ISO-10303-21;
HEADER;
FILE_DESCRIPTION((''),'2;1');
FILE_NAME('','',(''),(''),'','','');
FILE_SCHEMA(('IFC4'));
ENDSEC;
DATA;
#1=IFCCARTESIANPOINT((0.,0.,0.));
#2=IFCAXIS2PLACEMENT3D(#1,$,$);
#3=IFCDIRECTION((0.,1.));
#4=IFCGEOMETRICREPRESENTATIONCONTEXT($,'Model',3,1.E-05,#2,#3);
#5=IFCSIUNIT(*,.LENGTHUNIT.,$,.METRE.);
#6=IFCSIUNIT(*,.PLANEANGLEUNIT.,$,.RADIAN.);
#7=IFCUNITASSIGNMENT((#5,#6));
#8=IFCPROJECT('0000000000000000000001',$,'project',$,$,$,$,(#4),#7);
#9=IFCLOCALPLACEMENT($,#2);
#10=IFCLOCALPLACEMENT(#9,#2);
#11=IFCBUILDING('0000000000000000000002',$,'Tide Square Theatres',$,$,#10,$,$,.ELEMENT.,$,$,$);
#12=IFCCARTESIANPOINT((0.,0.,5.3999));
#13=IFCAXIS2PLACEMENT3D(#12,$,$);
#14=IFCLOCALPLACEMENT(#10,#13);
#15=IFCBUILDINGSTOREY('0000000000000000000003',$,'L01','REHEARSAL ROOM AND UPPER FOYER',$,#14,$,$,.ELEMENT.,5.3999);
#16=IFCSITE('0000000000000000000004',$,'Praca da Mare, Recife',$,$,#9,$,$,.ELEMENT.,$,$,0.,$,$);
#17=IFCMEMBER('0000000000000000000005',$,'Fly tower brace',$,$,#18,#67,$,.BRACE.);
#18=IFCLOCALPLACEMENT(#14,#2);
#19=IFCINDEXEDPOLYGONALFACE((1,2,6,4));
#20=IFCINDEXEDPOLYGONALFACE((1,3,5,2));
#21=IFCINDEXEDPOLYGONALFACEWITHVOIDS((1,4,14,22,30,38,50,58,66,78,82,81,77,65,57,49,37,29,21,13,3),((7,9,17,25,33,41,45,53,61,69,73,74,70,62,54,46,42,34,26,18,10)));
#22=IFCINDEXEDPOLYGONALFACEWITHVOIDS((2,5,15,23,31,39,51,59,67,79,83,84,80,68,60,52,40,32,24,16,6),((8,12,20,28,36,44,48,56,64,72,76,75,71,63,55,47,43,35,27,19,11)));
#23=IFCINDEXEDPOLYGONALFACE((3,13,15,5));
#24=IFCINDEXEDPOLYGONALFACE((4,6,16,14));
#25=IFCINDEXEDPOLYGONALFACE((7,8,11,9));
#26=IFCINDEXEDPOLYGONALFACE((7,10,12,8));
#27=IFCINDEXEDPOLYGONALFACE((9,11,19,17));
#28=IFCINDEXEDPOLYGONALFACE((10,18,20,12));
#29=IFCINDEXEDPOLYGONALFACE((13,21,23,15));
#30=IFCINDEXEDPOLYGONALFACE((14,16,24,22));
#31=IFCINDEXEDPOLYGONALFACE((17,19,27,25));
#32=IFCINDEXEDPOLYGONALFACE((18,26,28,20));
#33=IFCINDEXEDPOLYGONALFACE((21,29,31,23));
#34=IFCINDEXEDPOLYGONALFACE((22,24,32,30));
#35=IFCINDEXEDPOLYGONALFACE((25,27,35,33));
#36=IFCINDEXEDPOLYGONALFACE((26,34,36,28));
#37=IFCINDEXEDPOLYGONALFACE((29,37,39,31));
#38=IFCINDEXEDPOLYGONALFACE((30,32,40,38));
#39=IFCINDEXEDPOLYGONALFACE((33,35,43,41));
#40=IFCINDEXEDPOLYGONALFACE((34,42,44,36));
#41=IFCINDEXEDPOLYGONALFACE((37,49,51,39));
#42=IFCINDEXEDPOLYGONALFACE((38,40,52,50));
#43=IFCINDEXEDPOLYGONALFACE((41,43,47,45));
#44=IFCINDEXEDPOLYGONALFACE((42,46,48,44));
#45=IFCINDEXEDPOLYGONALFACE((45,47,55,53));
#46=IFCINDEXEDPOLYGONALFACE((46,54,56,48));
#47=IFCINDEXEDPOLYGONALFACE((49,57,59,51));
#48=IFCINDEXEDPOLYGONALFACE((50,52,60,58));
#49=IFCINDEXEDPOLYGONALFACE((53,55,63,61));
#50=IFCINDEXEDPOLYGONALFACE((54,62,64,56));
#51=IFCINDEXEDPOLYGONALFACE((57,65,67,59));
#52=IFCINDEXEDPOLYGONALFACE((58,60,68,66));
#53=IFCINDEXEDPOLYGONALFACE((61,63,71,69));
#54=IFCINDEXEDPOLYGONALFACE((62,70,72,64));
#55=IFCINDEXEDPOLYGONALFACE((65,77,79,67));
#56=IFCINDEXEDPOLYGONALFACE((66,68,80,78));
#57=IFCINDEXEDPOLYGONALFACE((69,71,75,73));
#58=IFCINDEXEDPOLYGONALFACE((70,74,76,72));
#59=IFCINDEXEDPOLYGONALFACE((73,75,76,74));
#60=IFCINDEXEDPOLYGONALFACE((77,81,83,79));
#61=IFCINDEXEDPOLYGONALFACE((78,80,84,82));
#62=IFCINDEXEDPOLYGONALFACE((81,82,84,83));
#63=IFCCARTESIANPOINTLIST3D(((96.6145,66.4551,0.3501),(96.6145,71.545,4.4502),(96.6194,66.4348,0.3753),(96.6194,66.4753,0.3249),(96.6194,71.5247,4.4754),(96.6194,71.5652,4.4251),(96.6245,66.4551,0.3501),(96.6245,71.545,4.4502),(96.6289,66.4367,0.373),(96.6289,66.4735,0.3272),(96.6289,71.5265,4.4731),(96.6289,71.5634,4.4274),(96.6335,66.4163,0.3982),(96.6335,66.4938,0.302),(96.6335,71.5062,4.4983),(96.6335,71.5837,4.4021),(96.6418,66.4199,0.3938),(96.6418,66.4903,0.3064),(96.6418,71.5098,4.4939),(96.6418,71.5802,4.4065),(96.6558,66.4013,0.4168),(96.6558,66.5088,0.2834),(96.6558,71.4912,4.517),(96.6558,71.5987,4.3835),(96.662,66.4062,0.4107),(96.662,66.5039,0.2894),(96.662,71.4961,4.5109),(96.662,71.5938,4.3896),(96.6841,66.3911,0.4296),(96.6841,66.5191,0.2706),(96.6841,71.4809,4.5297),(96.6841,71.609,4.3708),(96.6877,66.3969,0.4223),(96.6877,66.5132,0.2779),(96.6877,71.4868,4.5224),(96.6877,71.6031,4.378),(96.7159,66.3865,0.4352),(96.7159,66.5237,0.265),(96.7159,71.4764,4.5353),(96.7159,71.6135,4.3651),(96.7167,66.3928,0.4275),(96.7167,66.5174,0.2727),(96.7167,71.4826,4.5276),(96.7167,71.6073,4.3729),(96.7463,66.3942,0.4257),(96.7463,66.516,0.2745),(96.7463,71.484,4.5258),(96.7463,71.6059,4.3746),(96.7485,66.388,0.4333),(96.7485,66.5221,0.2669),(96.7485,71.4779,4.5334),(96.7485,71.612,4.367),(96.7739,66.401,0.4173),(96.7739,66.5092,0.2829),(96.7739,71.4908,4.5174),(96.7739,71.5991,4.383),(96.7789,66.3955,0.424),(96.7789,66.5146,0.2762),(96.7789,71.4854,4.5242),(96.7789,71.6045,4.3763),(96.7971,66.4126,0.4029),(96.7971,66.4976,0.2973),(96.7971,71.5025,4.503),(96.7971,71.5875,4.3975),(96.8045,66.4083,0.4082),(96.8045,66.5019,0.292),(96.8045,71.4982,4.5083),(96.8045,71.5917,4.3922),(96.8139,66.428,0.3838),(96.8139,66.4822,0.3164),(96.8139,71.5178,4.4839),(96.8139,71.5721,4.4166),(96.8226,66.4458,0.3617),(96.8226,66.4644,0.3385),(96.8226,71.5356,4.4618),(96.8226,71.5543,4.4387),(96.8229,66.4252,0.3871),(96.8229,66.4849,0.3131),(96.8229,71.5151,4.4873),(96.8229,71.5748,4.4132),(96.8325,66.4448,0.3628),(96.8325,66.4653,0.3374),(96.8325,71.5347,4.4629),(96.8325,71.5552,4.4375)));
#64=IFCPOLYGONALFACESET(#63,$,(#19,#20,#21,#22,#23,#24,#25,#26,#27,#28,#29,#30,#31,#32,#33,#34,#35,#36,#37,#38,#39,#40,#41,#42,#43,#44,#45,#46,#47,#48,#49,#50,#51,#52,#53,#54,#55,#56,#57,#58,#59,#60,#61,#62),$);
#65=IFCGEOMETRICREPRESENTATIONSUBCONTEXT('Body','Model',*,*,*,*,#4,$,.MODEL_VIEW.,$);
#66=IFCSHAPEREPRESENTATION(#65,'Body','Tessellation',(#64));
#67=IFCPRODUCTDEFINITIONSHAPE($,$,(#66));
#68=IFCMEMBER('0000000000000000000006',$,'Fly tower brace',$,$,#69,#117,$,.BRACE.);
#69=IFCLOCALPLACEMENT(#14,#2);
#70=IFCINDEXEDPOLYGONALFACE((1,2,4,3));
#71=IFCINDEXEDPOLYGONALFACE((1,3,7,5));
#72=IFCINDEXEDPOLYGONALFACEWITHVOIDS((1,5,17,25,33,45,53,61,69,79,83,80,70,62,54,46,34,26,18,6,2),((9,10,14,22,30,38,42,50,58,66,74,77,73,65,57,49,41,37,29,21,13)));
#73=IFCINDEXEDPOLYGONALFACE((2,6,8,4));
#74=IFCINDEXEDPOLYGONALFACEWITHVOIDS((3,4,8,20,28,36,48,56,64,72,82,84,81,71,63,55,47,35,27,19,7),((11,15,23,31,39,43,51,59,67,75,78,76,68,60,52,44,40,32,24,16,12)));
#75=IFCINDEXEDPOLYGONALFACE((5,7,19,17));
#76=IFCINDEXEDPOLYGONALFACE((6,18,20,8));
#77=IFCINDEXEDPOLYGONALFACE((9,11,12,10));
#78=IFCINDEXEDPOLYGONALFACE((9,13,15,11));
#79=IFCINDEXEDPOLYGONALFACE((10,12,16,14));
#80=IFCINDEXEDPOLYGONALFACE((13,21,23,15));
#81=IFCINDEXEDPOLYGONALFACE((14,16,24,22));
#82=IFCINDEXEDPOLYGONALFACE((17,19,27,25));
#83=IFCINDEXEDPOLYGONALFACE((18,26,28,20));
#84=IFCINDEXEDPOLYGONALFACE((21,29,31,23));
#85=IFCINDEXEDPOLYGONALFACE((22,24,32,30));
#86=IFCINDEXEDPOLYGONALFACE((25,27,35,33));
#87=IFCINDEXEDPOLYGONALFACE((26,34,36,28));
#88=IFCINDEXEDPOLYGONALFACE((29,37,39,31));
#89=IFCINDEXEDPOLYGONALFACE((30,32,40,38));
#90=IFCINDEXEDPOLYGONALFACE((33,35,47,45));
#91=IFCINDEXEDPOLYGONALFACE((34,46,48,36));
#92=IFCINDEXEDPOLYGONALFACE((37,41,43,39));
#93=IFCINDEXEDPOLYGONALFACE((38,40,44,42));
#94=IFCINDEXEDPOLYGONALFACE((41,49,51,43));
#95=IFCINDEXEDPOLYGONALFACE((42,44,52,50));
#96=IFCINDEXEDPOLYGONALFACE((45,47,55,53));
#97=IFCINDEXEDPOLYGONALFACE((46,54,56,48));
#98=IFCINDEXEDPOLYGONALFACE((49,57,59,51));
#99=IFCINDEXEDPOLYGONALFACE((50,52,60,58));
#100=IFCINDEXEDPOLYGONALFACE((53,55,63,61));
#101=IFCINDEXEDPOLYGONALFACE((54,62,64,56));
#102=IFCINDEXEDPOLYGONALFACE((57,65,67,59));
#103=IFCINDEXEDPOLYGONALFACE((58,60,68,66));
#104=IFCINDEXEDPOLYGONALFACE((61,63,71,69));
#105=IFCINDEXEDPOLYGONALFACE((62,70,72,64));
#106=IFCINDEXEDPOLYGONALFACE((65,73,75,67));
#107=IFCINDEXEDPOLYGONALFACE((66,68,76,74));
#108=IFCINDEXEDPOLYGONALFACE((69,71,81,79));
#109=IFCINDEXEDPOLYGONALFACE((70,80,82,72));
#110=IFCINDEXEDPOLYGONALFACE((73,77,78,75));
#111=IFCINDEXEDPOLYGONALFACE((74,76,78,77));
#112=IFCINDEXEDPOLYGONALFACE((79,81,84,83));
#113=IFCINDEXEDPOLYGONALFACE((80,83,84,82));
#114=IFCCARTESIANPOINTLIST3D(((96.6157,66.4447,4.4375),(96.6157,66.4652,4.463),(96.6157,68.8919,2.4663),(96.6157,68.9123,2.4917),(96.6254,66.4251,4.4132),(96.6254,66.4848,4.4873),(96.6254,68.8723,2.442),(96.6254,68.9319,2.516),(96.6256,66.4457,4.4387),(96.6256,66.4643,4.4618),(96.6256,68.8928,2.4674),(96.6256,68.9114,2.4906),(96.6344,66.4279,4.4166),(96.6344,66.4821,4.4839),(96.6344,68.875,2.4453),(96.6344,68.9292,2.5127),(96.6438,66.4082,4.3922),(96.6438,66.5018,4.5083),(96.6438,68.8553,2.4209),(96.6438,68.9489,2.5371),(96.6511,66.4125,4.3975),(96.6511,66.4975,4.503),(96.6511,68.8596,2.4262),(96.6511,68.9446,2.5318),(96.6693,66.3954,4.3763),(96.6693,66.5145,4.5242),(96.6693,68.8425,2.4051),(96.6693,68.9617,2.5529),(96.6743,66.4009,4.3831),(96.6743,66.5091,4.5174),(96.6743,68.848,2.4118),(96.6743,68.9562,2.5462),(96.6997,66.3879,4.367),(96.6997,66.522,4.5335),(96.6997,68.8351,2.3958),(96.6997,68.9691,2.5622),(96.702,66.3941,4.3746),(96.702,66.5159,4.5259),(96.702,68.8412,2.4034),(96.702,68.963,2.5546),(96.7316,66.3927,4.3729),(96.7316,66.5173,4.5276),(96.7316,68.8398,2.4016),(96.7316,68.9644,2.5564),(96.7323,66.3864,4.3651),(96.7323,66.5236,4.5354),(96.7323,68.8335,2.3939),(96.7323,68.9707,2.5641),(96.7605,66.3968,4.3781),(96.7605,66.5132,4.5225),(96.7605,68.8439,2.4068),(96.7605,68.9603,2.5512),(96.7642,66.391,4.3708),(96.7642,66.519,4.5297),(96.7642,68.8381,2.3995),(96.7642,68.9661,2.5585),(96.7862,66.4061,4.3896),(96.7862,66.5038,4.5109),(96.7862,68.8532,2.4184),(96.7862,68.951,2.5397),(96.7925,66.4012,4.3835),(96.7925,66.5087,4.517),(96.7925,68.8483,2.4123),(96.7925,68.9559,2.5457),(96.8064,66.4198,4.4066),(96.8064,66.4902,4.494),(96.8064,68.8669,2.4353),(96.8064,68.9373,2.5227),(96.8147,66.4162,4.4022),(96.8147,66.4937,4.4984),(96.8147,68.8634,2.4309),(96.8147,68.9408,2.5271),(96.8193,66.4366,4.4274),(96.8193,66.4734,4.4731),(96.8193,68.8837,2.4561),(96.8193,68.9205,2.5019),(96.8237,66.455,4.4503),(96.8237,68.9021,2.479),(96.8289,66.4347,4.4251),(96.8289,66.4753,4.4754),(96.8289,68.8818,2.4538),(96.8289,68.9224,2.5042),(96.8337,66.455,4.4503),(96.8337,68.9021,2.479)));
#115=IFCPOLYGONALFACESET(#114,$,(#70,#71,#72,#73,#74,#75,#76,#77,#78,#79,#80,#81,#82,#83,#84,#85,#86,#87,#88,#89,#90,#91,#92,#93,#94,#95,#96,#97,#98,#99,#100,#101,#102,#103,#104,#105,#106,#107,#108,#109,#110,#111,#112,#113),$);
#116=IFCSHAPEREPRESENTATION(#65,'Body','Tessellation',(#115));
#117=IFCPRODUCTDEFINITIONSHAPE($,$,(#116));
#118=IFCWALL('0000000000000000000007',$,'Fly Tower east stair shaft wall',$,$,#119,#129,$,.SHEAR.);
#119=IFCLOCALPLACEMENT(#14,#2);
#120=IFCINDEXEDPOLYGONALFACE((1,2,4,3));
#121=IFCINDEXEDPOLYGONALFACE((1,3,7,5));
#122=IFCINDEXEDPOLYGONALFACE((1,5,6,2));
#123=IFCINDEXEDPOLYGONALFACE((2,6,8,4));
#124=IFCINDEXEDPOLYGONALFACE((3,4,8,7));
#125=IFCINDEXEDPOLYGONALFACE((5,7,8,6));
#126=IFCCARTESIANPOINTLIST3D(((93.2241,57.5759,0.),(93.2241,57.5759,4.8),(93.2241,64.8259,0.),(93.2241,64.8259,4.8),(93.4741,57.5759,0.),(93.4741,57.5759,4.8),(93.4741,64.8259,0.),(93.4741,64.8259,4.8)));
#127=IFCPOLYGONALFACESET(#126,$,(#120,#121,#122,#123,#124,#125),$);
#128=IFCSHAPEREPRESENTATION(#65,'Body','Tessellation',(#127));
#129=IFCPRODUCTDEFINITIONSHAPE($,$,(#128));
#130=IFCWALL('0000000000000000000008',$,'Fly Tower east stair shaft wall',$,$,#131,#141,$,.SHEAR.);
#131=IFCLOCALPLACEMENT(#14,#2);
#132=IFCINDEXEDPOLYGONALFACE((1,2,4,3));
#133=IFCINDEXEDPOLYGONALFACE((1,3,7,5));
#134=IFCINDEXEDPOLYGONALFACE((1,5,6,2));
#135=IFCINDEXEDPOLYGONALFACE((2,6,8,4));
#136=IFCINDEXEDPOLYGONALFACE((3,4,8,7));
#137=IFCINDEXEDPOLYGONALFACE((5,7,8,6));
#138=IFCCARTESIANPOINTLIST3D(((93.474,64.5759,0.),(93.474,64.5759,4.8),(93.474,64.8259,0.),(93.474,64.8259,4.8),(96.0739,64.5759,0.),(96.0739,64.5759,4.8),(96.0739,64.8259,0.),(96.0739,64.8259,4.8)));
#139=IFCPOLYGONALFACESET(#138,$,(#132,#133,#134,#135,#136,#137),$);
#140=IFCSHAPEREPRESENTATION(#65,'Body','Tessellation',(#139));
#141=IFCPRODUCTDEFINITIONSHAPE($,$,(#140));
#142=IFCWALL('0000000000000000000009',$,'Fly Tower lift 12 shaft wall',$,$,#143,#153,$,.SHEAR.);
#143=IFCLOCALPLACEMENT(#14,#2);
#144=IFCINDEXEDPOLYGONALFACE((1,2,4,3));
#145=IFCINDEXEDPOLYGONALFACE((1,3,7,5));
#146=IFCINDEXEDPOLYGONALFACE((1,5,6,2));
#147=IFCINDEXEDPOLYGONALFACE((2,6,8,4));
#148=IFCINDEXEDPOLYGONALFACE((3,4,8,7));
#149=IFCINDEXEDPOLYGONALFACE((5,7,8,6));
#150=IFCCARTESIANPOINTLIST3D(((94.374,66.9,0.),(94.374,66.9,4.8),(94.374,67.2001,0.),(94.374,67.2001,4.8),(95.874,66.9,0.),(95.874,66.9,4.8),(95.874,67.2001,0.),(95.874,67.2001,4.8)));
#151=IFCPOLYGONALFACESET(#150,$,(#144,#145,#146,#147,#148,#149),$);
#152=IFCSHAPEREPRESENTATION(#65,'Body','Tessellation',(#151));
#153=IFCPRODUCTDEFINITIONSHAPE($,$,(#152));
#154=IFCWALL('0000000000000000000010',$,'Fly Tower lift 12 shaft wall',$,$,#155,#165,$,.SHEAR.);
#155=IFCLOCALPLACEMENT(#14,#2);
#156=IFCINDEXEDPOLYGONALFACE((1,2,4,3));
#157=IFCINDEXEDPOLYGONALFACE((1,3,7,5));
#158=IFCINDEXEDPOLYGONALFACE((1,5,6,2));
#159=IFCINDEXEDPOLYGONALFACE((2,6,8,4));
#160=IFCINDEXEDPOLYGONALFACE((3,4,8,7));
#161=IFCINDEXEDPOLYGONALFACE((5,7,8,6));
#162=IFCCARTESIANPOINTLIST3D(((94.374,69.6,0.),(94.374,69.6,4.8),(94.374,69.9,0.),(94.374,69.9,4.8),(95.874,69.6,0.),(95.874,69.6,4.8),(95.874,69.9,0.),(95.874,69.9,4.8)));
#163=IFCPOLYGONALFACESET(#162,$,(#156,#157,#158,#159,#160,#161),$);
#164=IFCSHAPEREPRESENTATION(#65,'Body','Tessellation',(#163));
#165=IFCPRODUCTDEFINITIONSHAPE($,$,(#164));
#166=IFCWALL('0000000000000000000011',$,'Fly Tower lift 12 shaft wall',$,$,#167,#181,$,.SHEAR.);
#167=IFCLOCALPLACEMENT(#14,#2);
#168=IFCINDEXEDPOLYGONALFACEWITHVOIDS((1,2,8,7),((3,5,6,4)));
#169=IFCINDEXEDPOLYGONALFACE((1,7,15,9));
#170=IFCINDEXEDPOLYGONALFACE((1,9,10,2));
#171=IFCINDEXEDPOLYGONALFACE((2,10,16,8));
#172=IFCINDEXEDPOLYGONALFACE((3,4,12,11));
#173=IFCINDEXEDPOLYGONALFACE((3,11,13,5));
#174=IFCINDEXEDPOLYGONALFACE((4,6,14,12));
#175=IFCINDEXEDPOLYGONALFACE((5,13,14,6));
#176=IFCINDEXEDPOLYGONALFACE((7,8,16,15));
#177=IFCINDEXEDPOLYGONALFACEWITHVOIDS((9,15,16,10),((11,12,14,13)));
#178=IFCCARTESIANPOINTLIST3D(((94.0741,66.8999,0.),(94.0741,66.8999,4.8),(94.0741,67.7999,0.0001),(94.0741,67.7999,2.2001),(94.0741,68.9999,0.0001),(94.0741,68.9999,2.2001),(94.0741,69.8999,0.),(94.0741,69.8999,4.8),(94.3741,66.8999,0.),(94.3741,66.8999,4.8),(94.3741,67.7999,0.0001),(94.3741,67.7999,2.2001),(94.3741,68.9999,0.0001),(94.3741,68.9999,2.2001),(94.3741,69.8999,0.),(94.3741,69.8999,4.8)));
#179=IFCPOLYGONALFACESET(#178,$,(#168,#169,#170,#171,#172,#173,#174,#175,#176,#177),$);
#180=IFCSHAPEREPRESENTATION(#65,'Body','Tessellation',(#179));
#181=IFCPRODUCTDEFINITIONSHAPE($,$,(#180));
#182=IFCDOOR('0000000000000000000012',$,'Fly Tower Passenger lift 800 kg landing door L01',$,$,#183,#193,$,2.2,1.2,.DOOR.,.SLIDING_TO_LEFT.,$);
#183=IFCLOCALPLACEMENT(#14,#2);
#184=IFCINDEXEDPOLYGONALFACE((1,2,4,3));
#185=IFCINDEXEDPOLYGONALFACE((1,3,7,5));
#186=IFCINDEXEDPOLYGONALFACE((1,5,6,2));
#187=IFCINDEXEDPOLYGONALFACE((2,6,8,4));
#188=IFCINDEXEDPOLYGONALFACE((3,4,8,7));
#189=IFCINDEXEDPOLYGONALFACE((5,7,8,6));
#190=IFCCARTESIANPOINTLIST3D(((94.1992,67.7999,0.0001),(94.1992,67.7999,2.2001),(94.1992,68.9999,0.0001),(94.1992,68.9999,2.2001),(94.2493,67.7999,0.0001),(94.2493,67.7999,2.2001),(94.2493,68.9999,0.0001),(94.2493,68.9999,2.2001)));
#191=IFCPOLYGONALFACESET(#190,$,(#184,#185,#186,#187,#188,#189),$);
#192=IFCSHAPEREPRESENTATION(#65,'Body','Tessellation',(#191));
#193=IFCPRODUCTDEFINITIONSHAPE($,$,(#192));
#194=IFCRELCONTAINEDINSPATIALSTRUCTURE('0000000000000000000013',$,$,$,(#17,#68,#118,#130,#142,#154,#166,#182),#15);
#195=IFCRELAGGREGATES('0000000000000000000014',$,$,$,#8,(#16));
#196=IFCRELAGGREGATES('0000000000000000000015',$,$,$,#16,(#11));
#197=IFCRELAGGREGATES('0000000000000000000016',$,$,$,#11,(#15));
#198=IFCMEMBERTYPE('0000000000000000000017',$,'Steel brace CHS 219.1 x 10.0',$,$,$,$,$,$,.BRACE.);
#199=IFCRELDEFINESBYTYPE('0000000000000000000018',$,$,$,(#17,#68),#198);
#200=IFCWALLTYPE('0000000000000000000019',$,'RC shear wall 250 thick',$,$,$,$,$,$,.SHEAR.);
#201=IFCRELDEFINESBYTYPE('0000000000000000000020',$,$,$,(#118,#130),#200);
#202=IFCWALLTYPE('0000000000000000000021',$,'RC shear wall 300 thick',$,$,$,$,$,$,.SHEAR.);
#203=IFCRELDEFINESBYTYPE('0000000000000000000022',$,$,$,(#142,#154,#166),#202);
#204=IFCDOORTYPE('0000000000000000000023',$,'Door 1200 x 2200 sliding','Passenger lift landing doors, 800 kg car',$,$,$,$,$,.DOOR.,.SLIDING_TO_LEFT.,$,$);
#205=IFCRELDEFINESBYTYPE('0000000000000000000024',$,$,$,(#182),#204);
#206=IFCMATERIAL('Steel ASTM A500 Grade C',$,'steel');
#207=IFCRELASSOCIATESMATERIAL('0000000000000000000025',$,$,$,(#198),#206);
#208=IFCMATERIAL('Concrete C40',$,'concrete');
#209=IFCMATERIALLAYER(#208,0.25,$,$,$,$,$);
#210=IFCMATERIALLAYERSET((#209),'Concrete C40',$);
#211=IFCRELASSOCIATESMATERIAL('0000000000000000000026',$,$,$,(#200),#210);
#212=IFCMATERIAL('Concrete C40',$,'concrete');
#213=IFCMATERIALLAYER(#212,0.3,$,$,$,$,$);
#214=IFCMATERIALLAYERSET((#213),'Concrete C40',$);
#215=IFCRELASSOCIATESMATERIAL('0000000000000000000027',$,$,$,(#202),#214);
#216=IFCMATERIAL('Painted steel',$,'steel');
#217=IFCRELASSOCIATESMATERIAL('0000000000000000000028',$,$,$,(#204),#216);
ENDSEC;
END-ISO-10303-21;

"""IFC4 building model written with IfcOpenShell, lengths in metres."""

from ifc_helpers import new_model, si_unit, direction, frame, frame_2d, origin, origin_2d, place, context, subcontext, project, spatial, rectangle, hollow_circle, extrude, material, layer, layer_set, material_profile, profile_set, type_object, element, fill, save


model = new_model("IFC4")

# Units and contexts
model_context = context("Model", 3, precision=1e-05, world=origin(), true_north=direction((0.0, 1.0)))
body_context = subcontext(model_context, "Body", "Model", "MODEL_VIEW")
ifc_project = project(units=[si_unit("LENGTHUNIT", "METRE"), si_unit("PLANEANGLEUNIT", "RADIAN")], contexts=[model_context])

# Site, building, storey
site_placement = place(None, origin())
site = spatial("IfcSite", under=ifc_project, at=site_placement, Name="Praca da Mare, Recife", CompositionType="ELEMENT", RefElevation=0.0)
building_placement = place(site_placement, origin())
building = spatial("IfcBuilding", under=site, at=building_placement, Name="Tide Square Theatres", CompositionType="ELEMENT")
storey_placement = place(building_placement, frame((0.0, 0.0, 5.3999)))
storey = spatial("IfcBuildingStorey", under=building, at=storey_placement, Name="L01", Description="REHEARSAL ROOM AND UPPER FOYER", CompositionType="ELEMENT", Elevation=5.3999)

# Members
ifc_material_1 = material(Name="Steel ASTM A500 Grade C", Category="steel")
ifc_material_profile_1 = material_profile(ifc_material_1, hollow_circle(Radius=0.1096, WallThickness=0.01, at=origin_2d()))
ifc_profile_set_1 = profile_set([ifc_material_profile_1], Name="Steel ASTM A500 Grade C")
member_type = type_object("IfcMemberType", Name="Steel brace CHS 219.1 x 10.0", PredefinedType="BRACE", material=ifc_profile_set_1)
member_1_placement = place(storey_placement, frame((96.7241, 66.4551, 0.3501), z_axis=(0.0, 0.778758, 0.627325), x_axis=(-1.0, 0.0, 0.0)))
element("IfcMember", 1, at=member_1_placement, inside=storey, type_object=member_type, Name="Fly tower brace", PredefinedType="BRACE", context=body_context, shape_type="SweptSolid", body=[
    extrude(hollow_circle(Radius=0.1096, WallThickness=0.01, at=origin_2d()), origin(), (0.0, 0.0, 1.0), 6.5359),
])
member_2_placement = place(storey_placement, frame((96.7241, 68.9021, 2.479), z_axis=(0.0, -0.778757, 0.627326), x_axis=(1.0, 0.0, 0.0)))
element("IfcMember", 2, at=member_2_placement, inside=storey, type_object=member_type, Name="Fly tower brace", PredefinedType="BRACE", context=body_context, shape_type="SweptSolid", body=[
    extrude(hollow_circle(Radius=0.1096, WallThickness=0.01, at=origin_2d()), origin(), (0.0, 0.0, 1.0), 3.1423),
])

# Walls
ifc_material_2 = material(Name="Concrete C40", Category="concrete")
ifc_layer_1 = layer(ifc_material_2, 0.25)
ifc_layer_set_1 = layer_set([ifc_layer_1], Name="Concrete C40")
wall_type_1 = type_object("IfcWallType", Name="RC shear wall 250 thick", PredefinedType="SHEAR", material=ifc_layer_set_1)
wall_1_placement = place(storey_placement, frame((93.3491, 64.8259, 0.0), z_axis=(0.0, 0.0, 1.0), x_axis=(0.0, -1.0, 0.0)))
element("IfcWall", 3, at=wall_1_placement, inside=storey, type_object=wall_type_1, Name="Fly Tower east stair shaft wall", PredefinedType="SHEAR", context=body_context, shape_type="SweptSolid", body=[
    extrude(rectangle(XDim=7.25, YDim=0.25, at=frame_2d((3.625, 0.0))), origin(), (0.0, 0.0, 1.0), 4.8),
])
wall_2_placement = place(storey_placement, frame((93.4741, 64.7009, 0.0), z_axis=(0.0, 0.0, 1.0), x_axis=(1.0, 0.0, 0.0)))
element("IfcWall", 4, at=wall_2_placement, inside=storey, type_object=wall_type_1, Name="Fly Tower east stair shaft wall", PredefinedType="SHEAR", context=body_context, shape_type="SweptSolid", body=[
    extrude(rectangle(XDim=2.5999, YDim=0.25, at=frame_2d((1.2998, 0.0))), origin(), (0.0, 0.0, 1.0), 4.8),
])
ifc_material_3 = material(Name="Concrete C40", Category="concrete")
ifc_layer_2 = layer(ifc_material_3, 0.3)
ifc_layer_set_2 = layer_set([ifc_layer_2], Name="Concrete C40")
wall_type_2 = type_object("IfcWallType", Name="RC shear wall 300 thick", PredefinedType="SHEAR", material=ifc_layer_set_2)
for number, where, z_axis, x_axis, name in (
    (5, (94.374, 67.05, 0.0), (0.0, 0.0, 1.0), (1.0, 0.0, 0.0), "Fly Tower lift 12 shaft wall"),
    (6, (95.874, 69.75, 0.0), (0.0, 0.0, 1.0), (-1.0, 0.0, 0.0), "Fly Tower lift 12 shaft wall"),
):
    element("IfcWall", number, at=place(storey_placement, frame(where, z_axis=z_axis, x_axis=x_axis)), inside=storey, type_object=wall_type_2, Name=name, PredefinedType="SHEAR", context=body_context, shape_type="SweptSolid", body=[
        extrude(rectangle(XDim=1.5, YDim=0.3, at=frame_2d((0.75, 0.0))), origin(), (0.0, 0.0, 1.0), 4.8),
    ])

# Wall, opening, door
wall_3_placement = place(storey_placement, frame((94.2241, 66.8999, 0.0), z_axis=(0.0, 0.0, 1.0), x_axis=(0.0, 1.0, 0.0)))
wall_3 = element("IfcWall", 7, at=wall_3_placement, inside=storey, type_object=wall_type_2, Name="Fly Tower lift 12 shaft wall", PredefinedType="SHEAR", context=body_context, shape_type="SweptSolid", body=[
    extrude(rectangle(XDim=3.0, YDim=0.3, at=frame_2d((1.5, 0.0))), origin(), (0.0, 0.0, 1.0), 4.8),
])
opening_placement = place(wall_3_placement, frame((0.8999, 0.0, 0.0)))
opening = element("IfcOpeningElement", 8, at=opening_placement, cuts=wall_3, PredefinedType="OPENING", context=body_context, shape_type="SweptSolid", body=[
    extrude(rectangle(XDim=1.2, YDim=2.2, at=frame_2d((0.6001, 1.1001))), frame((0.0, 0.1599, 0.0), z_axis=(0.0, -1.0, 0.0), x_axis=(1.0, 0.0, 0.0)), (0.0, 0.0, 1.0), 0.3201),
])
ifc_material_4 = material(Name="Painted steel", Category="steel")
door_type = type_object("IfcDoorType", Name="Door 1200 x 2200 sliding", Description="Passenger lift landing doors, 800 kg car", OperationType="SLIDING_TO_LEFT", PredefinedType="DOOR", material=ifc_material_4)
door_placement = place(opening_placement, origin())
door = element("IfcDoor", 9, at=door_placement, inside=storey, type_object=door_type, Name="Fly Tower Passenger lift 800 kg landing door L01", OperationType="SLIDING_TO_LEFT", OverallHeight=2.2, OverallWidth=1.2, PredefinedType="DOOR", context=body_context, shape_type="SweptSolid", body=[
    extrude(rectangle(XDim=1.2, YDim=2.2, at=frame_2d((0.6001, 1.1001))), frame((0.0, 0.0249, 0.0), z_axis=(0.0, -1.0, 0.0), x_axis=(1.0, 0.0, 0.0)), (0.0, 0.0, 1.0), 0.05),
])
fill(opening, door)

save(model, "model.ifc")
